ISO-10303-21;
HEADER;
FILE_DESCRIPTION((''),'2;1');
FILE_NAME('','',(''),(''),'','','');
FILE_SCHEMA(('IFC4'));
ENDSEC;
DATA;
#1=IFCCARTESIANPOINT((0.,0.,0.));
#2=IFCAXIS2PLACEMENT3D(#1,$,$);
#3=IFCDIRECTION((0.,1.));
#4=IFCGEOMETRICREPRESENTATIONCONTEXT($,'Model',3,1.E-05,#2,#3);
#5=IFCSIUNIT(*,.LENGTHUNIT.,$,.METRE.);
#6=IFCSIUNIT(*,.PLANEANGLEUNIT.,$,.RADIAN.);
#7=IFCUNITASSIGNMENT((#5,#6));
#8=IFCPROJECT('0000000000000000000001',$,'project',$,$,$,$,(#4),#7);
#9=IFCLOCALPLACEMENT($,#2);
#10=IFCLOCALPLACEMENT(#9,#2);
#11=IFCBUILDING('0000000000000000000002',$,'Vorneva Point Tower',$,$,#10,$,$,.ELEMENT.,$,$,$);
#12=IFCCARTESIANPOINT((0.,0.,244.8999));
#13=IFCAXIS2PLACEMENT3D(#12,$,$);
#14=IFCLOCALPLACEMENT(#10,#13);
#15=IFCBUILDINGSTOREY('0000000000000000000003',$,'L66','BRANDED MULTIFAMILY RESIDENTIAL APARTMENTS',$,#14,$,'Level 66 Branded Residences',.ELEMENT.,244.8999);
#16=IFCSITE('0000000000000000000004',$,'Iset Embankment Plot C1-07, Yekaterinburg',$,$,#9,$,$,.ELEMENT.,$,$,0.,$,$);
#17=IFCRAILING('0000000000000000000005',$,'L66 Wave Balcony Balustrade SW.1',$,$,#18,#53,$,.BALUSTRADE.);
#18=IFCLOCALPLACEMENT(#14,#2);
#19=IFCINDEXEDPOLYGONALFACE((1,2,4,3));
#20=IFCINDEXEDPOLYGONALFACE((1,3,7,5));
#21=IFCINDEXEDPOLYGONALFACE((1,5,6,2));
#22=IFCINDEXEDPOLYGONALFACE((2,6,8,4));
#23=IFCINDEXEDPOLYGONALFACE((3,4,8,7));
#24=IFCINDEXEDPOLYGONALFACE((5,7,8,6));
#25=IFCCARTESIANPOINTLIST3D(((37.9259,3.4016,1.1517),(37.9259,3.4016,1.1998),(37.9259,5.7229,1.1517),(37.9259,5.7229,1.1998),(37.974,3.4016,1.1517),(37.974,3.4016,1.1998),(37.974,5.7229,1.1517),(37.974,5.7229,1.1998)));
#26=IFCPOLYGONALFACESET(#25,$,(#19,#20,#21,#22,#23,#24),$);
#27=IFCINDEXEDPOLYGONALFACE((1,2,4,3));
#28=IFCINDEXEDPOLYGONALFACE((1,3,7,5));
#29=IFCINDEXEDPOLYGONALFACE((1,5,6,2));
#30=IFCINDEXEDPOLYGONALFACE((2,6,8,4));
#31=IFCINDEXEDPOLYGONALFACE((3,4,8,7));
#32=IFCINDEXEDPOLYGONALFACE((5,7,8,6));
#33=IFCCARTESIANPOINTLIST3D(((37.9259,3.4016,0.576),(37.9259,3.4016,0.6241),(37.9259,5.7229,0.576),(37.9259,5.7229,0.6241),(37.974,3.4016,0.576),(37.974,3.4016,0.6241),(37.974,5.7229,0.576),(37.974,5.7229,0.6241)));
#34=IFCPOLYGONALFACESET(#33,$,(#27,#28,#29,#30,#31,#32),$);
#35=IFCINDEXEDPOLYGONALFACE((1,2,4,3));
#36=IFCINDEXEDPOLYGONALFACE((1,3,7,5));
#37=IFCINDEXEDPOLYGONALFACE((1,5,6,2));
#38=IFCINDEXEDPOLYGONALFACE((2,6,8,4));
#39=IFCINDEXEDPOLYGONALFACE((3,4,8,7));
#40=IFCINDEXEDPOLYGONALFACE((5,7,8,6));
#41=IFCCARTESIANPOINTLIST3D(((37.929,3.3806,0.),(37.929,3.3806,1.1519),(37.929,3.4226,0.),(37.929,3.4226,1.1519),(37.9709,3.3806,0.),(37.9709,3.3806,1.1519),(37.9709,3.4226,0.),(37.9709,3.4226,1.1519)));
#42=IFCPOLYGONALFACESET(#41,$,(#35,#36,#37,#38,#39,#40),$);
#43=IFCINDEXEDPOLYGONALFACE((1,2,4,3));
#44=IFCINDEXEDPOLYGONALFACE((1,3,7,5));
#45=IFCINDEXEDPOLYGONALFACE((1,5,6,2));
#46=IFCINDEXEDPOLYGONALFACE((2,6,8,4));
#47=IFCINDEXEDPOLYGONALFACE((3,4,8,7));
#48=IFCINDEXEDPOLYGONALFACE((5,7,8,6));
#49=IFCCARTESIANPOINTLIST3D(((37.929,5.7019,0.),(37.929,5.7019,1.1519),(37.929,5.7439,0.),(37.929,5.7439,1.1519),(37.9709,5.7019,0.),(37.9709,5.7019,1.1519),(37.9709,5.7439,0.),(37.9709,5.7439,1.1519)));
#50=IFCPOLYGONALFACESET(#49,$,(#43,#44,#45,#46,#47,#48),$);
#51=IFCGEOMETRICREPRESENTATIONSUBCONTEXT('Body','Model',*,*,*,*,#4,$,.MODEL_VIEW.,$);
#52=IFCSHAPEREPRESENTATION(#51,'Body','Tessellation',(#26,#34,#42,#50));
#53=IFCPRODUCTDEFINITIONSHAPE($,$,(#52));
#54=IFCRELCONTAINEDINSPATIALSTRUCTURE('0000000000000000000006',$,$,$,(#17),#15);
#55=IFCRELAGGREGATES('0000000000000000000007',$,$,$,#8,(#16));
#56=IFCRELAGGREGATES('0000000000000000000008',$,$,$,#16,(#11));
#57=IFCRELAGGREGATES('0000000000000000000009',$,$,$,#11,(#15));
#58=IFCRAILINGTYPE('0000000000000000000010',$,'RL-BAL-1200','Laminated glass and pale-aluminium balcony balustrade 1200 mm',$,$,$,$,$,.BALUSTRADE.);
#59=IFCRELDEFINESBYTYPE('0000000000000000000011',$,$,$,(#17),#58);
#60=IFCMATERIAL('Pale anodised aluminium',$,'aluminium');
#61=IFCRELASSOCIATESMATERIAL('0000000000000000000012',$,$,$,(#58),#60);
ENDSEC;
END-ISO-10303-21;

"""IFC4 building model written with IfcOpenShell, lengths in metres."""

from ifc_helpers import new_model, si_unit, direction, frame, origin, origin_2d, place, context, subcontext, project, spatial, rectangle, extrude, material, type_object, element, save


model = new_model("IFC4")

# Units and contexts
model_context = context("Model", 3, precision=1e-05, world=origin(), true_north=direction((0.0, 1.0)))
body_context = subcontext(model_context, "Body", "Model", "MODEL_VIEW")
ifc_project = project(units=[si_unit("LENGTHUNIT", "METRE"), si_unit("PLANEANGLEUNIT", "RADIAN")], contexts=[model_context])

# Site, building, storey
site_placement = place(None, origin())
site = spatial("IfcSite", under=ifc_project, at=site_placement, Name="Iset Embankment Plot C1-07, Yekaterinburg", CompositionType="ELEMENT", RefElevation=0.0)
building_placement = place(site_placement, origin())
building = spatial("IfcBuilding", under=site, at=building_placement, Name="Vorneva Point Tower", CompositionType="ELEMENT")
storey_placement = place(building_placement, frame((0.0, 0.0, 244.8999)))
storey = spatial("IfcBuildingStorey", under=building, at=storey_placement, Name="L66", Description="BRANDED MULTIFAMILY RESIDENTIAL APARTMENTS", LongName="Level 66 Branded Residences", CompositionType="ELEMENT", Elevation=244.8999)

# Shared definitions
ifc_material_1 = material(Name="Pale anodised aluminium", Category="aluminium")

# Railing
railing_type = type_object("IfcRailingType", Name="RL-BAL-1200", Description="Laminated glass and pale-aluminium balcony balustrade 1200 mm", PredefinedType="BALUSTRADE", material=ifc_material_1)
railing_placement = place(storey_placement, frame((37.95, 3.4016, 0.0)))
element("IfcRailing", 1, at=railing_placement, inside=storey, type_object=railing_type, Name="L66 Wave Balcony Balustrade SW.1", PredefinedType="BALUSTRADE", context=body_context, shape_type="SweptSolid", body=[
    extrude(rectangle(XDim=0.0481, YDim=0.0481, at=origin_2d()), frame((0.0, 0.0, 1.1758), z_axis=(0.0, 1.0, 0.0), x_axis=(-1.0, 0.0, 0.0)), (0.0, 0.0, 1.0), 2.3213),
    extrude(rectangle(XDim=0.0481, YDim=0.0481, at=origin_2d()), frame((0.0, 0.0, 0.6001), z_axis=(0.0, 1.0, 0.0), x_axis=(-1.0, 0.0, 0.0)), (0.0, 0.0, 1.0), 2.3213),
    extrude(rectangle(XDim=0.042, YDim=0.042, at=origin_2d()), origin(), (0.0, 0.0, 1.0), 1.1519),
    extrude(rectangle(XDim=0.042, YDim=0.042, at=origin_2d()), frame((0.0, 2.3213, 0.0)), (0.0, 0.0, 1.0), 1.1519),
])

save(model, "model.ifc")
